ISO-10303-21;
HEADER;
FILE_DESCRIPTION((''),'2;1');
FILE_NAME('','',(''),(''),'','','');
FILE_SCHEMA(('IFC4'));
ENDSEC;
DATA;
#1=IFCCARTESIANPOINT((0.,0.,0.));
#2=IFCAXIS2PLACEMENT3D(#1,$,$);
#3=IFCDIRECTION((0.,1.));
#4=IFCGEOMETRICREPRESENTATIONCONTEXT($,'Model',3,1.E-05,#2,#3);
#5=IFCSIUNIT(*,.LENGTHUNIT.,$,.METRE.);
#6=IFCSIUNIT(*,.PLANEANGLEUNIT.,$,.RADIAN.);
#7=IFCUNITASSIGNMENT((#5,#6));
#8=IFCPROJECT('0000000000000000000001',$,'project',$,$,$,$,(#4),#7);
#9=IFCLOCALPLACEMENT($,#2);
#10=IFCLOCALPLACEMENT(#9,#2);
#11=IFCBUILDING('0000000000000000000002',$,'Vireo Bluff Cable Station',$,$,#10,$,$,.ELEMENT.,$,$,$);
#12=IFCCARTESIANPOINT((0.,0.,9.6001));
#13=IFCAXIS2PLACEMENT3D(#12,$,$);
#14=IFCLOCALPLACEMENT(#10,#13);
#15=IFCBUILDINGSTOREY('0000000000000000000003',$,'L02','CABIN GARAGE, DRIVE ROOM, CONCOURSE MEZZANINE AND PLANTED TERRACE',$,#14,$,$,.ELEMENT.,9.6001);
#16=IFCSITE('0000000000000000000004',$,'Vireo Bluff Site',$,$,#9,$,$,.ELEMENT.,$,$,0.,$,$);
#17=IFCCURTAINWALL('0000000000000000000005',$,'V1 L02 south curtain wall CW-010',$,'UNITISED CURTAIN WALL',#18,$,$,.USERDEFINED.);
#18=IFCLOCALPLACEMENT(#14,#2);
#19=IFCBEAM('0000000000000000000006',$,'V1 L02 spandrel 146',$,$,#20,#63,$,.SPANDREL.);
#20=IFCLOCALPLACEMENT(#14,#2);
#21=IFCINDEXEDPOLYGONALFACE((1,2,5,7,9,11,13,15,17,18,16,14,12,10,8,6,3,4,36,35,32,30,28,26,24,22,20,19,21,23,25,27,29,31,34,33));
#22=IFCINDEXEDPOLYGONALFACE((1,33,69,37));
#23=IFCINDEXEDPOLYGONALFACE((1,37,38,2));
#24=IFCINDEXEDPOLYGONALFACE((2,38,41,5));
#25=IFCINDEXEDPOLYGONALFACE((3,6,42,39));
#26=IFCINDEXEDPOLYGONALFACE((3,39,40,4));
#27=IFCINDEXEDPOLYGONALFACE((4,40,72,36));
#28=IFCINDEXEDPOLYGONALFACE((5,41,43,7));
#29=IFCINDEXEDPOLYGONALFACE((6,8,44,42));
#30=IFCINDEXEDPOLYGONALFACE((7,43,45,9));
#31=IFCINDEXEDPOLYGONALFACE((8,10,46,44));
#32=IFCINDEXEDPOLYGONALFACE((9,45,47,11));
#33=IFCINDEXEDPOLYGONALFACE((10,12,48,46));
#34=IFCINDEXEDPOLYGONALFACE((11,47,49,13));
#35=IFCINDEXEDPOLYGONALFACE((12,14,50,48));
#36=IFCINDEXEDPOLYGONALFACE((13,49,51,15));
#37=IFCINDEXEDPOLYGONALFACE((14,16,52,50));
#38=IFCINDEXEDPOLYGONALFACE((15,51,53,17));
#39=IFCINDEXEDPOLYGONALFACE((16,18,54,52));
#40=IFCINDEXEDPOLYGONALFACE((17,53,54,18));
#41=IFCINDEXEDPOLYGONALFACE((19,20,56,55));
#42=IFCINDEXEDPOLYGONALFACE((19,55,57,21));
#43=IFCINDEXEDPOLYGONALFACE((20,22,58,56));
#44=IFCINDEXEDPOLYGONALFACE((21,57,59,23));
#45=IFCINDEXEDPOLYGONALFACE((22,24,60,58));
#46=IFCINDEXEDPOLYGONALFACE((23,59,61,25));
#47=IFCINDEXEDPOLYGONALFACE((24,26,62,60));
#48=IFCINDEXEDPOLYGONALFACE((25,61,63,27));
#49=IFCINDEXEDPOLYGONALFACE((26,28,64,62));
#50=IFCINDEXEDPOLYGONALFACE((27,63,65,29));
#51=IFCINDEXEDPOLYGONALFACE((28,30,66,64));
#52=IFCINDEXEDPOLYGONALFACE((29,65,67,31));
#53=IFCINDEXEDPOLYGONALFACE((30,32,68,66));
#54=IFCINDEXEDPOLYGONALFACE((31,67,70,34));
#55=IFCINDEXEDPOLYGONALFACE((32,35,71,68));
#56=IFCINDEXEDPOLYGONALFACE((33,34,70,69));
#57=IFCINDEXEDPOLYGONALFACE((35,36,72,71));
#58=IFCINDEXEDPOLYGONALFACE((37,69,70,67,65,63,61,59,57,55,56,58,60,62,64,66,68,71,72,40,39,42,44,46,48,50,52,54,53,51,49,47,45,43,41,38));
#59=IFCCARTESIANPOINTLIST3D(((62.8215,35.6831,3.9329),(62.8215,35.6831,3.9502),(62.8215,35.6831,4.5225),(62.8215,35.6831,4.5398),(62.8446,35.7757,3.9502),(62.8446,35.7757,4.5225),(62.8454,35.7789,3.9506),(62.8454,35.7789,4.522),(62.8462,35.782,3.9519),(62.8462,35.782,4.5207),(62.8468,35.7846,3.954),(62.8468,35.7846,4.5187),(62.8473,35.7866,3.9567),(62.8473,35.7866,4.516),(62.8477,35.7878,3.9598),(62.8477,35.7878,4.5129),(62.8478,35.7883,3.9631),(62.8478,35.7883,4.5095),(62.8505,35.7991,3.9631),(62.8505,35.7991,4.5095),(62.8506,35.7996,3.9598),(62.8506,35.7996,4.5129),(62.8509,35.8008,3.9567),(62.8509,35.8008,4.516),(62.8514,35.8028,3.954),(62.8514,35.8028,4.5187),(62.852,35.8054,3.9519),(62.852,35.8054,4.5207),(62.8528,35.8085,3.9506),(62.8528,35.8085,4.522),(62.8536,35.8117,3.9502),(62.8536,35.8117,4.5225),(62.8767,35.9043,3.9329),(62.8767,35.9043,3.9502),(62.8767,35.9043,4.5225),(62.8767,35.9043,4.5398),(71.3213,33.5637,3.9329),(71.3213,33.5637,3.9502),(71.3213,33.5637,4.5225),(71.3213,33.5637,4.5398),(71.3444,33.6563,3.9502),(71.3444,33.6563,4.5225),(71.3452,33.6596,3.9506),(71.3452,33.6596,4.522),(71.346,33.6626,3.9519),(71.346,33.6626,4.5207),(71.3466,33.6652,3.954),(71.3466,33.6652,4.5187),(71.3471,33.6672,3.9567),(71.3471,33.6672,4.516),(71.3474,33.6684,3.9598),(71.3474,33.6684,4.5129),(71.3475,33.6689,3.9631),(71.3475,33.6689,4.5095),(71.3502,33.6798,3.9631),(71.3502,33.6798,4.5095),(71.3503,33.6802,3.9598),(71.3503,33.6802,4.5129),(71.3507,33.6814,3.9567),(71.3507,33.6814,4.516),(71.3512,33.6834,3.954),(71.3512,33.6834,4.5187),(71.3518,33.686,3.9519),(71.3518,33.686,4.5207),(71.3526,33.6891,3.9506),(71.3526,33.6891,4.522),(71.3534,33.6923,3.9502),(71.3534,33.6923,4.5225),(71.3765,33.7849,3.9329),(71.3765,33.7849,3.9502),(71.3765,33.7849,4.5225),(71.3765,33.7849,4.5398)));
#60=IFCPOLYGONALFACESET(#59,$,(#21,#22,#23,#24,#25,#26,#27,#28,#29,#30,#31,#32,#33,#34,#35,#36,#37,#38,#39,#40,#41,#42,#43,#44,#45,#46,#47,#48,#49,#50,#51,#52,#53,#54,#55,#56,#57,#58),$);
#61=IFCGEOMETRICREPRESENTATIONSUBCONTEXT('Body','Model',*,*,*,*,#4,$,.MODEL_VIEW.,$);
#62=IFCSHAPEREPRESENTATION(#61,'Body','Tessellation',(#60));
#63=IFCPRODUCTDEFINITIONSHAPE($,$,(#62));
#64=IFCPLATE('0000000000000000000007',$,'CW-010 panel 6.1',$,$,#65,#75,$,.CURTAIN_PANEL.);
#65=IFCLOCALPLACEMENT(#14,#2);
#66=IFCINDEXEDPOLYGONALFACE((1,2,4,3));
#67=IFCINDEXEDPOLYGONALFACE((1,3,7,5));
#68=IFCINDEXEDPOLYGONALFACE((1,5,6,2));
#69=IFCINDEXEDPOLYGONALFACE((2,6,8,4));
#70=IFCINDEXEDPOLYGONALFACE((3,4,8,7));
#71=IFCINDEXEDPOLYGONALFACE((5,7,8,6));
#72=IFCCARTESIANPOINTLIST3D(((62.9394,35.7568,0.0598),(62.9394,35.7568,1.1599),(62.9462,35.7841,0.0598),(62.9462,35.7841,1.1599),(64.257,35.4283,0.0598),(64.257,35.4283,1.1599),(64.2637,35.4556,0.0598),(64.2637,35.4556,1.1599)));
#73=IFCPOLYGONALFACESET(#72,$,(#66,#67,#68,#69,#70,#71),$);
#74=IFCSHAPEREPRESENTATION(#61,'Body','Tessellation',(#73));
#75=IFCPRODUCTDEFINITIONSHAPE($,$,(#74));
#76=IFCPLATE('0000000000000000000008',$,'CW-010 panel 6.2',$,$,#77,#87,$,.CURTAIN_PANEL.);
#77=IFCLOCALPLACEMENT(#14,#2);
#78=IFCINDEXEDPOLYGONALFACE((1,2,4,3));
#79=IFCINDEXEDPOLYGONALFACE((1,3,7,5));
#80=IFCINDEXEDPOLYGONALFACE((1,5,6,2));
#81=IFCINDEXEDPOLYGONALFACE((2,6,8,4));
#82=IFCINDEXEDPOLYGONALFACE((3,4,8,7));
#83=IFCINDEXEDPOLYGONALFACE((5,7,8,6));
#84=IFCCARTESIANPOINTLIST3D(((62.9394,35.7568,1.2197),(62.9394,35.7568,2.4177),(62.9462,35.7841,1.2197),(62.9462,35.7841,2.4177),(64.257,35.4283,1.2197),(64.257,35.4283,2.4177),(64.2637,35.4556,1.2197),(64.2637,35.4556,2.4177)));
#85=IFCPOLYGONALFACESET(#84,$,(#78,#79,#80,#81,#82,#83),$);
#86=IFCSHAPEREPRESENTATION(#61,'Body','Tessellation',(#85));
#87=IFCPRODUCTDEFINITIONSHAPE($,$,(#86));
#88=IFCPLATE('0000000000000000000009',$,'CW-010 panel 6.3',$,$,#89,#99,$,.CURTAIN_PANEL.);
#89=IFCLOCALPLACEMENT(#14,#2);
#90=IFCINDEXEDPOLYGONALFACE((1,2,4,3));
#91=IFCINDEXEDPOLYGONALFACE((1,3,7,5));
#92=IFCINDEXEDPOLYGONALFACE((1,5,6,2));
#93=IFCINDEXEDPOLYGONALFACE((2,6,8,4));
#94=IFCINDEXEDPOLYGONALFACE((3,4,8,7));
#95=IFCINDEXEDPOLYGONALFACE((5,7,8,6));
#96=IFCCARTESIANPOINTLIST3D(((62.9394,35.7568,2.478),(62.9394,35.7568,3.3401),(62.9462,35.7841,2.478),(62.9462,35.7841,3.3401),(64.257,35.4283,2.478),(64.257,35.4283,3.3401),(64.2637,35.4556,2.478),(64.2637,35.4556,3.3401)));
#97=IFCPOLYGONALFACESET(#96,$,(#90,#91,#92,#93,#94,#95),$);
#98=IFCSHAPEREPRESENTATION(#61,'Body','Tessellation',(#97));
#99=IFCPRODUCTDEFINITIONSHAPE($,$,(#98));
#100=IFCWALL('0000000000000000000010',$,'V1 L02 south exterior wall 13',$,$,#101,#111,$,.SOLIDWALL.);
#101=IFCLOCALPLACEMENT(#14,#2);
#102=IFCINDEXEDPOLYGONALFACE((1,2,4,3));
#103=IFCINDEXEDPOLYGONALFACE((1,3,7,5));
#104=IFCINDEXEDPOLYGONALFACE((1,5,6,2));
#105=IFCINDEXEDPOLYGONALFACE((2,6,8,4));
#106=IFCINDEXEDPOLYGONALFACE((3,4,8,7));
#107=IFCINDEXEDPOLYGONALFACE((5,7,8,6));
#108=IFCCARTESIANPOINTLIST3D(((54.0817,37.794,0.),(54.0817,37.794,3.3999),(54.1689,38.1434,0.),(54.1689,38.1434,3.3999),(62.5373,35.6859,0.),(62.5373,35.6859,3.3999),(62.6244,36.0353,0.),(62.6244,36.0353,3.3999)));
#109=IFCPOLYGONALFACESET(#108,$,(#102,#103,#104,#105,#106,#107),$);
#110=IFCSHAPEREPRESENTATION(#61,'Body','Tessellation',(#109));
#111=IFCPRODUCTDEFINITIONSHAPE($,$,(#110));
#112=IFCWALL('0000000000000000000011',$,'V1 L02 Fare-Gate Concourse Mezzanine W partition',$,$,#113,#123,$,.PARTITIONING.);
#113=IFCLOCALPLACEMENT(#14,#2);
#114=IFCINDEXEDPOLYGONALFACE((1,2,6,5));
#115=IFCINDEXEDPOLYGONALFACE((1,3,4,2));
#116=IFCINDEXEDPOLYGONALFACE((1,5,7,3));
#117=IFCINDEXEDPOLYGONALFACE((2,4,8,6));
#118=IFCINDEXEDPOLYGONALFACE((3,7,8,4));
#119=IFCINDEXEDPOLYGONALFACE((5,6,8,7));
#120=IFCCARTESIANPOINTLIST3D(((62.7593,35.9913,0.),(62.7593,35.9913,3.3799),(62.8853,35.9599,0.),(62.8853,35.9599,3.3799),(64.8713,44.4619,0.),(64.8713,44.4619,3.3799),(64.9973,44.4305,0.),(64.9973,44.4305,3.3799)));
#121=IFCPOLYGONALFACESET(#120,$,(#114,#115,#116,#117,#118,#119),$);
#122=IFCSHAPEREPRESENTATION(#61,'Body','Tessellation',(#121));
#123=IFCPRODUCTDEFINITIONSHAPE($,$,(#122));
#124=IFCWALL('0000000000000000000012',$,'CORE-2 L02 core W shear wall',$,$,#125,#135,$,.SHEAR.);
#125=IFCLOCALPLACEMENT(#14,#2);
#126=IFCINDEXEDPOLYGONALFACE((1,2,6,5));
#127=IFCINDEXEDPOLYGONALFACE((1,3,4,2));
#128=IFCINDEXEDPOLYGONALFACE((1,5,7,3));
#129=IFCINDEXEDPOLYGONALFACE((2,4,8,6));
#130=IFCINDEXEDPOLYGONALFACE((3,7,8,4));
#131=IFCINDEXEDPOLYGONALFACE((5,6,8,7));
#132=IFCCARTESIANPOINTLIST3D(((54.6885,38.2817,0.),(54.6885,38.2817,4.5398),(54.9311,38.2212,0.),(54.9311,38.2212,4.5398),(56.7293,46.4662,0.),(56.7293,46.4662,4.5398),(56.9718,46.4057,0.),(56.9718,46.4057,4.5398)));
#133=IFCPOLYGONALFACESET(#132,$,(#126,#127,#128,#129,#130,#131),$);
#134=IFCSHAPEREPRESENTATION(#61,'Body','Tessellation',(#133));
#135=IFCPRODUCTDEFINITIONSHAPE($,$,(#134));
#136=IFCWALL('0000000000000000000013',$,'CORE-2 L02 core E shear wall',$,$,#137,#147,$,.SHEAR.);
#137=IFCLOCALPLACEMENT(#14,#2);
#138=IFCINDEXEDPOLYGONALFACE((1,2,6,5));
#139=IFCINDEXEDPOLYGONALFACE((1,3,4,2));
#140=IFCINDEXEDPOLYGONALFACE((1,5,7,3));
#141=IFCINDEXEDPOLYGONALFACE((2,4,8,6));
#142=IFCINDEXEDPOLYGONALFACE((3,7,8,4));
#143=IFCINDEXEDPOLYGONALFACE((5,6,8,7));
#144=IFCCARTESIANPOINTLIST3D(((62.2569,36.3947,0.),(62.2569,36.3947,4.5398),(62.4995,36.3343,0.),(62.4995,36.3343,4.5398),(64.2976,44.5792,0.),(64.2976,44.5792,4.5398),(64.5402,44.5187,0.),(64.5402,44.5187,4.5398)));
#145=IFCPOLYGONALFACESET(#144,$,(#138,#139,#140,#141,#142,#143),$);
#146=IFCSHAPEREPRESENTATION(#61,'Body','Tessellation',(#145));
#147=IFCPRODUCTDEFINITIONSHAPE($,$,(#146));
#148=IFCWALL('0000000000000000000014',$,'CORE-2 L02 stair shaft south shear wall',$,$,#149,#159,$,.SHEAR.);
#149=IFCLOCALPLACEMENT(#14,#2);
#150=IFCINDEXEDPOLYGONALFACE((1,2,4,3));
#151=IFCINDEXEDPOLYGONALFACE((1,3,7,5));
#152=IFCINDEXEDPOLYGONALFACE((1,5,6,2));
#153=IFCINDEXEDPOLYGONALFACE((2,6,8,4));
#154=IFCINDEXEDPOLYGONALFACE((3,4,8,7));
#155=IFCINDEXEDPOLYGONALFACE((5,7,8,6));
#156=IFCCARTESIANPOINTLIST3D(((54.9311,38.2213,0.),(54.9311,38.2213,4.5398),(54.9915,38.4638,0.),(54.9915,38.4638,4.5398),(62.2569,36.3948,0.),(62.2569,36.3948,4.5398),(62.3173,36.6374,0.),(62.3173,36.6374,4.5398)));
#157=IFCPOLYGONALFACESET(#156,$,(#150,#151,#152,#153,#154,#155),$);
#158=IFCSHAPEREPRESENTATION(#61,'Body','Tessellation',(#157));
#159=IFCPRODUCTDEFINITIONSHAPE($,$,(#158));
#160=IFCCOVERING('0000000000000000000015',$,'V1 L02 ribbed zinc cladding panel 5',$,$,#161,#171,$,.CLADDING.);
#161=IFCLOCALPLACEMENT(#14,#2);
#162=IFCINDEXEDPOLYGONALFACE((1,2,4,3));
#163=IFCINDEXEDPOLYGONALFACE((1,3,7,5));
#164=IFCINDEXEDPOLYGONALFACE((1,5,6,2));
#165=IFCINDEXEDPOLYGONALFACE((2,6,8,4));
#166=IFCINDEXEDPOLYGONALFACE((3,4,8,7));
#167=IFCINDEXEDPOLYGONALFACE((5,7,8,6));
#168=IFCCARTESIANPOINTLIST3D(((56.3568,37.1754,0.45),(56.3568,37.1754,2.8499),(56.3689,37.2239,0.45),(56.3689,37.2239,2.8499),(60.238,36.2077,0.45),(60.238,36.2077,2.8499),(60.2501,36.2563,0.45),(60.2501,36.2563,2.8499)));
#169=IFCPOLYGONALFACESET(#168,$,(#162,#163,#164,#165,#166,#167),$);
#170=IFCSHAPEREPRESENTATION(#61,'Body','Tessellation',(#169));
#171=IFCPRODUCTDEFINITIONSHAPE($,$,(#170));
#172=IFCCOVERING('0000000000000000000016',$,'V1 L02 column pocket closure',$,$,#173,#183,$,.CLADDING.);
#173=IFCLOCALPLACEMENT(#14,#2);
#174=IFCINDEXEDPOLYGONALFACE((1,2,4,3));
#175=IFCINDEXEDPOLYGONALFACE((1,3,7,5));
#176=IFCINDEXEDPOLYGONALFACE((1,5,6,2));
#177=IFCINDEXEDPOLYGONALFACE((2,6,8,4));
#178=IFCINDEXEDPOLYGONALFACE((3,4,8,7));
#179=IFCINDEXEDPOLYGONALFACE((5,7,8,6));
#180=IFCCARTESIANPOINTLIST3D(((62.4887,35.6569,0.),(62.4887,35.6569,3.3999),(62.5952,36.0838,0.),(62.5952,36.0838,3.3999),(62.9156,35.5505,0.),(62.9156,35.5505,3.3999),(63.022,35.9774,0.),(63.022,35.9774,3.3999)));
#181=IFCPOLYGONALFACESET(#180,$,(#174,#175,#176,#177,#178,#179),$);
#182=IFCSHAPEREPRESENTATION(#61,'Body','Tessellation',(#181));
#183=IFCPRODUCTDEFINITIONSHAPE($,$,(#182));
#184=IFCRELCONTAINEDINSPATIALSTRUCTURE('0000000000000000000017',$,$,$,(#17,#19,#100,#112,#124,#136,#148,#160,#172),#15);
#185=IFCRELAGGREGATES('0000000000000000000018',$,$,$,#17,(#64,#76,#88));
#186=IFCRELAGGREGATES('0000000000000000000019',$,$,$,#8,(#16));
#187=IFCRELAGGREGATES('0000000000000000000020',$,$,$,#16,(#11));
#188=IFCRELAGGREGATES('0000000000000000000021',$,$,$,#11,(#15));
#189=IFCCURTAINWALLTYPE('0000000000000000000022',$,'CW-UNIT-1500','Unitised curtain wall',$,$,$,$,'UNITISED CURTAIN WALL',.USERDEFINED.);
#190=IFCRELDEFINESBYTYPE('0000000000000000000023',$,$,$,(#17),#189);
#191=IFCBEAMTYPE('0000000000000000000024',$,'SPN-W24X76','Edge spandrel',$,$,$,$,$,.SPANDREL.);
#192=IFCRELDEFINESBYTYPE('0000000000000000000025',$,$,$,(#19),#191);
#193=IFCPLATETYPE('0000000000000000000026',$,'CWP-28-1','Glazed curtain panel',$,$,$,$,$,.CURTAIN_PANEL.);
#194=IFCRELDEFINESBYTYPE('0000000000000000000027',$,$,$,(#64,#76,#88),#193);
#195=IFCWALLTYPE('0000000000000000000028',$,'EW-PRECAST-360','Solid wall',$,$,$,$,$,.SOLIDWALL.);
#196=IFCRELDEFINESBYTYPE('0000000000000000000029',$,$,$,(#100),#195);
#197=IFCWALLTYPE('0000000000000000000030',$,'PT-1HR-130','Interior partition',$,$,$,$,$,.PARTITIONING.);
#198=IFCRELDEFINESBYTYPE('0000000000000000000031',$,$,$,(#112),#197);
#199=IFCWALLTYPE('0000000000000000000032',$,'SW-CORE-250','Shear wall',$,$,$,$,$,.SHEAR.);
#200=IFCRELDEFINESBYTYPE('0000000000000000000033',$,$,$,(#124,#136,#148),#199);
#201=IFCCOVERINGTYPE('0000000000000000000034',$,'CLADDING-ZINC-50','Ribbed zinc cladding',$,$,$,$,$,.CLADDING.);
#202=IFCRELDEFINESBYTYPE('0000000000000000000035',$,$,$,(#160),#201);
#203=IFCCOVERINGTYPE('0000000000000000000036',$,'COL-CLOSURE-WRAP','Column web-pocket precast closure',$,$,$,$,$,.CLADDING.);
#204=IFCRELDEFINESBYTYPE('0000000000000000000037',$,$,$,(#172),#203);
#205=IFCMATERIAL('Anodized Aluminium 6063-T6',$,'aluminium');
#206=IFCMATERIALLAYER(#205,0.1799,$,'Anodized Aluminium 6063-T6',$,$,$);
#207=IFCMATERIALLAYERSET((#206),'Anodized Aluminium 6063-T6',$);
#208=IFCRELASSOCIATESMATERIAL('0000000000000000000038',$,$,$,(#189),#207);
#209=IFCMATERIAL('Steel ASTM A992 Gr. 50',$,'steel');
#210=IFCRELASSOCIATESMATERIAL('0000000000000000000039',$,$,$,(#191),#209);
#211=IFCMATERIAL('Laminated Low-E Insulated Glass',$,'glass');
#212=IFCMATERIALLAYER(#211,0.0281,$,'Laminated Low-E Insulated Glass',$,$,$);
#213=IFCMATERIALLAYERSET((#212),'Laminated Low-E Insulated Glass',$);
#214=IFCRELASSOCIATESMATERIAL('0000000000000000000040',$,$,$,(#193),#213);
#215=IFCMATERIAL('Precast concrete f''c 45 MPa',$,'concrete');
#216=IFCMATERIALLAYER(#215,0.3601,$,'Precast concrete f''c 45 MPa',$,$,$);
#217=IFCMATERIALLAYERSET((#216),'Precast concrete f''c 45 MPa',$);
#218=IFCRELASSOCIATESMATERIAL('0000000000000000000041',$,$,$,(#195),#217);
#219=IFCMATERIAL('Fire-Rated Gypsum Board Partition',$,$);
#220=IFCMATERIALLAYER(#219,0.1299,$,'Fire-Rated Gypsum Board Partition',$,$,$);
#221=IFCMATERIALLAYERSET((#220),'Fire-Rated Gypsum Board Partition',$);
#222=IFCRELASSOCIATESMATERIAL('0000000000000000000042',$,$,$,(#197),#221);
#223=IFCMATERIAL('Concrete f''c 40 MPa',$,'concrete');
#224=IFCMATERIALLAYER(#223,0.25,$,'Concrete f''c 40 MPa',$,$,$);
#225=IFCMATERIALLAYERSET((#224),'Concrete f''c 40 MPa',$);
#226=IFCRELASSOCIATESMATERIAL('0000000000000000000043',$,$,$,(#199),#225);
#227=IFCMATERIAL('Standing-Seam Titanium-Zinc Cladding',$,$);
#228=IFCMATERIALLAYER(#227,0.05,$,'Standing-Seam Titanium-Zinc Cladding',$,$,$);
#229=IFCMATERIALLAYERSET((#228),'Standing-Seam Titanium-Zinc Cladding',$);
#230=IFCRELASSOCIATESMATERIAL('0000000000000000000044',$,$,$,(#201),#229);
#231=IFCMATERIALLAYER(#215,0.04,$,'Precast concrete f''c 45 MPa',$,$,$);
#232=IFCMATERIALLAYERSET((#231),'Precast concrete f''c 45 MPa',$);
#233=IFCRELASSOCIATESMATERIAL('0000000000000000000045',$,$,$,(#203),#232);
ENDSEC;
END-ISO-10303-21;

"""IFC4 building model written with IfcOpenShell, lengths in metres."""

from ifc_helpers import new_model, si_unit, direction, frame, frame_2d, origin, origin_2d, place, context, subcontext, project, spatial, rectangle, i_section, extrude, material, layer, layer_set, material_profile, profile_set, type_object, element, aggregate, save


model = new_model("IFC4")

# Units and contexts
model_context = context("Model", 3, precision=1e-05, world=origin(), true_north=direction((0.0, 1.0)))
body_context = subcontext(model_context, "Body", "Model", "MODEL_VIEW")
ifc_project = project(units=[si_unit("LENGTHUNIT", "METRE"), si_unit("PLANEANGLEUNIT", "RADIAN")], contexts=[model_context])

# Site, building, storey
site_placement = place(None, origin())
site = spatial("IfcSite", under=ifc_project, at=site_placement, Name="Vireo Bluff Site", CompositionType="ELEMENT", RefElevation=0.0)
building_placement = place(site_placement, origin())
building = spatial("IfcBuilding", under=site, at=building_placement, Name="Vireo Bluff Cable Station", CompositionType="ELEMENT")
storey_placement = place(building_placement, frame((0.0, 0.0, 9.6001)))
storey = spatial("IfcBuildingStorey", under=building, at=storey_placement, Name="L02", Description="CABIN GARAGE, DRIVE ROOM, CONCOURSE MEZZANINE AND PLANTED TERRACE", CompositionType="ELEMENT", Elevation=9.6001)

# Shared definitions
ifc_material_1 = material(Name="Steel ASTM A992 Gr. 50", Category="steel")

# Curtain wall
ifc_material_2 = material(Name="Anodized Aluminium 6063-T6", Category="aluminium")
ifc_layer_1 = layer(ifc_material_2, 0.1799, Name="Anodized Aluminium 6063-T6")
ifc_layer_set_1 = layer_set([ifc_layer_1], Name="Anodized Aluminium 6063-T6")
curtain_wall_type = type_object("IfcCurtainWallType", Name="CW-UNIT-1500", Description="Unitised curtain wall", ElementType="UNITISED CURTAIN WALL", PredefinedType="USERDEFINED", material=ifc_layer_set_1)
curtain_wall_placement = place(storey_placement, origin())
curtain_wall = element("IfcCurtainWall", 1, at=curtain_wall_placement, inside=storey, type_object=curtain_wall_type, Name="V1 L02 south curtain wall CW-010", ObjectType="UNITISED CURTAIN WALL", PredefinedType="USERDEFINED")

# Beam
ifc_material_profile_1 = material_profile(ifc_material_1, i_section(OverallWidth=0.228, OverallDepth=0.6069, WebThickness=0.0112, FlangeThickness=0.0173, FilletRadius=0.0129, at=origin_2d()), Name="W24X76")
ifc_profile_set_1 = profile_set([ifc_material_profile_1], Name="Steel ASTM A992 Gr. 50")
beam_type_1 = type_object("IfcBeamType", Name="SPN-W24X76", Description="Edge spandrel", PredefinedType="SPANDREL", material=ifc_profile_set_1)
beam_1_placement = place(storey_placement, frame((62.8491, 35.7937, 4.2363), z_axis=(0.970292, -0.241939, 0.0), x_axis=(0.241939, 0.970292, 0.0)))
element("IfcBeam", 2, at=beam_1_placement, inside=storey, type_object=beam_type_1, Name="V1 L02 spandrel 146", PredefinedType="SPANDREL", context=body_context, shape_type="SweptSolid", body=[
    extrude(i_section(OverallWidth=0.228, OverallDepth=0.6069, WebThickness=0.0112, FlangeThickness=0.0173, FilletRadius=0.0129, at=origin_2d()), origin(), (0.0, 0.0, 1.0), 8.76),
])

# Plates
ifc_material_3 = material(Name="Laminated Low-E Insulated Glass", Category="glass")
ifc_layer_2 = layer(ifc_material_3, 0.0281, Name="Laminated Low-E Insulated Glass")
ifc_layer_set_2 = layer_set([ifc_layer_2], Name="Laminated Low-E Insulated Glass")
plate_type = type_object("IfcPlateType", Name="CWP-28-1", Description="Glazed curtain panel", PredefinedType="CURTAIN_PANEL", material=ifc_layer_set_2)
plate_1_placement = place(storey_placement, frame((63.6016, 35.6062, 0.0598), z_axis=(0.0, 0.0, 1.0), x_axis=(-0.970296, 0.241922, 0.0)))
plate_1 = element("IfcPlate", 3, at=plate_1_placement, type_object=plate_type, Name="CW-010 panel 6.1", PredefinedType="CURTAIN_PANEL", context=body_context, shape_type="SweptSolid", body=[
    extrude(rectangle(XDim=1.3579, YDim=0.0281, at=origin_2d()), origin(), (0.0, 0.0, 1.0), 1.1001),
])
plate_2_placement = place(storey_placement, frame((63.6016, 35.6062, 1.2197), z_axis=(0.0, 0.0, 1.0), x_axis=(-0.970296, 0.241922, 0.0)))
plate_2 = element("IfcPlate", 4, at=plate_2_placement, type_object=plate_type, Name="CW-010 panel 6.2", PredefinedType="CURTAIN_PANEL", context=body_context, shape_type="SweptSolid", body=[
    extrude(rectangle(XDim=1.3579, YDim=0.0281, at=origin_2d()), origin(), (0.0, 0.0, 1.0), 1.198),
])
plate_3_placement = place(storey_placement, frame((63.6016, 35.6062, 2.478), z_axis=(0.0, 0.0, 1.0), x_axis=(-0.970296, 0.241922, 0.0)))
plate_3 = element("IfcPlate", 5, at=plate_3_placement, type_object=plate_type, Name="CW-010 panel 6.3", PredefinedType="CURTAIN_PANEL", context=body_context, shape_type="SweptSolid", body=[
    extrude(rectangle(XDim=1.3579, YDim=0.0281, at=origin_2d()), origin(), (0.0, 0.0, 1.0), 0.8621),
])
aggregate(curtain_wall, [plate_1, plate_2, plate_3])

# Walls
ifc_material_4 = material(Name="Precast concrete f'c 45 MPa", Category="concrete")
ifc_layer_3 = layer(ifc_material_4, 0.3601, Name="Precast concrete f'c 45 MPa")
ifc_layer_set_3 = layer_set([ifc_layer_3], Name="Precast concrete f'c 45 MPa")
wall_type_1 = type_object("IfcWallType", Name="EW-PRECAST-360", Description="Solid wall", PredefinedType="SOLIDWALL", material=ifc_layer_set_3)
wall_1_placement = place(storey_placement, frame((62.5808, 35.8606, 0.0), z_axis=(0.0, 0.0, 1.0), x_axis=(-0.970297, 0.241916, 0.0)))
element("IfcWall", 6, at=wall_1_placement, inside=storey, type_object=wall_type_1, Name="V1 L02 south exterior wall 13", PredefinedType="SOLIDWALL", context=body_context, shape_type="SweptSolid", body=[
    extrude(rectangle(XDim=8.7144, YDim=0.3601, at=frame_2d((4.3572, 0.0))), origin(), (0.0, 0.0, 1.0), 3.3999),
])
ifc_material_5 = material(Name="Fire-Rated Gypsum Board Partition")
ifc_layer_4 = layer(ifc_material_5, 0.1299, Name="Fire-Rated Gypsum Board Partition")
ifc_layer_set_4 = layer_set([ifc_layer_4], Name="Fire-Rated Gypsum Board Partition")
wall_type_2 = type_object("IfcWallType", Name="PT-1HR-130", Description="Interior partition", PredefinedType="PARTITIONING", material=ifc_layer_set_4)
wall_2_placement = place(storey_placement, frame((62.8223, 35.9756, 0.0), z_axis=(0.0, 0.0, 1.0), x_axis=(0.24193, 0.970294, 0.0)))
element("IfcWall", 7, at=wall_2_placement, inside=storey, type_object=wall_type_2, Name="V1 L02 Fare-Gate Concourse Mezzanine W partition", PredefinedType="PARTITIONING", context=body_context, shape_type="SweptSolid", body=[
    extrude(rectangle(XDim=8.73, YDim=0.1299, at=frame_2d((4.365, 0.0))), origin(), (0.0, 0.0, 1.0), 3.3799),
])
ifc_material_6 = material(Name="Concrete f'c 40 MPa", Category="concrete")
ifc_layer_5 = layer(ifc_material_6, 0.25, Name="Concrete f'c 40 MPa")
ifc_layer_set_5 = layer_set([ifc_layer_5], Name="Concrete f'c 40 MPa")
wall_type_3 = type_object("IfcWallType", Name="SW-CORE-250", Description="Shear wall", PredefinedType="SHEAR", material=ifc_layer_set_5)
for number, where, z_axis, x_axis, name in (
    (8, (54.8098, 38.2515, 0.0), (0.0, 0.0, 1.0), (0.241936, 0.970292, 0.0), "CORE-2 L02 core W shear wall"),
    (9, (62.3782, 36.3645, 0.0), (0.0, 0.0, 1.0), (0.241936, 0.970292, 0.0), "CORE-2 L02 core E shear wall"),
):
    element("IfcWall", number, at=place(storey_placement, frame(where, z_axis=z_axis, x_axis=x_axis)), inside=storey, type_object=wall_type_3, Name=name, PredefinedType="SHEAR", context=body_context, shape_type="SweptSolid", body=[
        extrude(rectangle(XDim=8.4351, YDim=0.25, at=frame_2d((4.2175, 0.0))), origin(), (0.0, 0.0, 1.0), 4.5398),
    ])
wall_3_placement = place(storey_placement, frame((54.9614, 38.3425, 0.0), z_axis=(0.0, 0.0, 1.0), x_axis=(0.970298, -0.241912, 0.0)))
element("IfcWall", 10, at=wall_3_placement, inside=storey, type_object=wall_type_3, Name="CORE-2 L02 stair shaft south shear wall", PredefinedType="SHEAR", context=body_context, shape_type="SweptSolid", body=[
    extrude(rectangle(XDim=7.55, YDim=0.25, at=frame_2d((3.7749, 0.0))), origin(), (0.0, 0.0, 1.0), 4.5398),
])

# Coverings
ifc_material_7 = material(Name="Standing-Seam Titanium-Zinc Cladding")
ifc_layer_6 = layer(ifc_material_7, 0.05, Name="Standing-Seam Titanium-Zinc Cladding")
ifc_layer_set_6 = layer_set([ifc_layer_6], Name="Standing-Seam Titanium-Zinc Cladding")
covering_type_1 = type_object("IfcCoveringType", Name="CLADDING-ZINC-50", Description="Ribbed zinc cladding", PredefinedType="CLADDING", material=ifc_layer_set_6)
covering_1_placement = place(storey_placement, frame((58.3035, 36.7158, 0.45), z_axis=(0.0, 0.0, 1.0), x_axis=(-0.970296, 0.241922, 0.0)))
element("IfcCovering", 11, at=covering_1_placement, inside=storey, type_object=covering_type_1, Name="V1 L02 ribbed zinc cladding panel 5", PredefinedType="CLADDING", context=body_context, shape_type="SweptSolid", body=[
    extrude(rectangle(XDim=4.0, YDim=0.05, at=origin_2d()), origin(), (0.0, 0.0, 1.0), 2.3999),
])
ifc_layer_7 = layer(ifc_material_4, 0.04, Name="Precast concrete f'c 45 MPa")
ifc_layer_set_7 = layer_set([ifc_layer_7], Name="Precast concrete f'c 45 MPa")
covering_type_2 = type_object("IfcCoveringType", Name="COL-CLOSURE-WRAP", Description="Column web-pocket precast closure", PredefinedType="CLADDING", material=ifc_layer_set_7)
covering_2_placement = place(storey_placement, frame((62.7554, 35.8171, 0.0), z_axis=(0.0, 0.0, 1.0), x_axis=(0.970296, -0.241922, 0.0)))
element("IfcCovering", 12, at=covering_2_placement, inside=storey, type_object=covering_type_2, Name="V1 L02 column pocket closure", PredefinedType="CLADDING", context=body_context, shape_type="SweptSolid", body=[
    extrude(rectangle(XDim=0.4399, YDim=0.4399, at=origin_2d()), origin(), (0.0, 0.0, 1.0), 3.3999),
])

save(model, "model.ifc")
